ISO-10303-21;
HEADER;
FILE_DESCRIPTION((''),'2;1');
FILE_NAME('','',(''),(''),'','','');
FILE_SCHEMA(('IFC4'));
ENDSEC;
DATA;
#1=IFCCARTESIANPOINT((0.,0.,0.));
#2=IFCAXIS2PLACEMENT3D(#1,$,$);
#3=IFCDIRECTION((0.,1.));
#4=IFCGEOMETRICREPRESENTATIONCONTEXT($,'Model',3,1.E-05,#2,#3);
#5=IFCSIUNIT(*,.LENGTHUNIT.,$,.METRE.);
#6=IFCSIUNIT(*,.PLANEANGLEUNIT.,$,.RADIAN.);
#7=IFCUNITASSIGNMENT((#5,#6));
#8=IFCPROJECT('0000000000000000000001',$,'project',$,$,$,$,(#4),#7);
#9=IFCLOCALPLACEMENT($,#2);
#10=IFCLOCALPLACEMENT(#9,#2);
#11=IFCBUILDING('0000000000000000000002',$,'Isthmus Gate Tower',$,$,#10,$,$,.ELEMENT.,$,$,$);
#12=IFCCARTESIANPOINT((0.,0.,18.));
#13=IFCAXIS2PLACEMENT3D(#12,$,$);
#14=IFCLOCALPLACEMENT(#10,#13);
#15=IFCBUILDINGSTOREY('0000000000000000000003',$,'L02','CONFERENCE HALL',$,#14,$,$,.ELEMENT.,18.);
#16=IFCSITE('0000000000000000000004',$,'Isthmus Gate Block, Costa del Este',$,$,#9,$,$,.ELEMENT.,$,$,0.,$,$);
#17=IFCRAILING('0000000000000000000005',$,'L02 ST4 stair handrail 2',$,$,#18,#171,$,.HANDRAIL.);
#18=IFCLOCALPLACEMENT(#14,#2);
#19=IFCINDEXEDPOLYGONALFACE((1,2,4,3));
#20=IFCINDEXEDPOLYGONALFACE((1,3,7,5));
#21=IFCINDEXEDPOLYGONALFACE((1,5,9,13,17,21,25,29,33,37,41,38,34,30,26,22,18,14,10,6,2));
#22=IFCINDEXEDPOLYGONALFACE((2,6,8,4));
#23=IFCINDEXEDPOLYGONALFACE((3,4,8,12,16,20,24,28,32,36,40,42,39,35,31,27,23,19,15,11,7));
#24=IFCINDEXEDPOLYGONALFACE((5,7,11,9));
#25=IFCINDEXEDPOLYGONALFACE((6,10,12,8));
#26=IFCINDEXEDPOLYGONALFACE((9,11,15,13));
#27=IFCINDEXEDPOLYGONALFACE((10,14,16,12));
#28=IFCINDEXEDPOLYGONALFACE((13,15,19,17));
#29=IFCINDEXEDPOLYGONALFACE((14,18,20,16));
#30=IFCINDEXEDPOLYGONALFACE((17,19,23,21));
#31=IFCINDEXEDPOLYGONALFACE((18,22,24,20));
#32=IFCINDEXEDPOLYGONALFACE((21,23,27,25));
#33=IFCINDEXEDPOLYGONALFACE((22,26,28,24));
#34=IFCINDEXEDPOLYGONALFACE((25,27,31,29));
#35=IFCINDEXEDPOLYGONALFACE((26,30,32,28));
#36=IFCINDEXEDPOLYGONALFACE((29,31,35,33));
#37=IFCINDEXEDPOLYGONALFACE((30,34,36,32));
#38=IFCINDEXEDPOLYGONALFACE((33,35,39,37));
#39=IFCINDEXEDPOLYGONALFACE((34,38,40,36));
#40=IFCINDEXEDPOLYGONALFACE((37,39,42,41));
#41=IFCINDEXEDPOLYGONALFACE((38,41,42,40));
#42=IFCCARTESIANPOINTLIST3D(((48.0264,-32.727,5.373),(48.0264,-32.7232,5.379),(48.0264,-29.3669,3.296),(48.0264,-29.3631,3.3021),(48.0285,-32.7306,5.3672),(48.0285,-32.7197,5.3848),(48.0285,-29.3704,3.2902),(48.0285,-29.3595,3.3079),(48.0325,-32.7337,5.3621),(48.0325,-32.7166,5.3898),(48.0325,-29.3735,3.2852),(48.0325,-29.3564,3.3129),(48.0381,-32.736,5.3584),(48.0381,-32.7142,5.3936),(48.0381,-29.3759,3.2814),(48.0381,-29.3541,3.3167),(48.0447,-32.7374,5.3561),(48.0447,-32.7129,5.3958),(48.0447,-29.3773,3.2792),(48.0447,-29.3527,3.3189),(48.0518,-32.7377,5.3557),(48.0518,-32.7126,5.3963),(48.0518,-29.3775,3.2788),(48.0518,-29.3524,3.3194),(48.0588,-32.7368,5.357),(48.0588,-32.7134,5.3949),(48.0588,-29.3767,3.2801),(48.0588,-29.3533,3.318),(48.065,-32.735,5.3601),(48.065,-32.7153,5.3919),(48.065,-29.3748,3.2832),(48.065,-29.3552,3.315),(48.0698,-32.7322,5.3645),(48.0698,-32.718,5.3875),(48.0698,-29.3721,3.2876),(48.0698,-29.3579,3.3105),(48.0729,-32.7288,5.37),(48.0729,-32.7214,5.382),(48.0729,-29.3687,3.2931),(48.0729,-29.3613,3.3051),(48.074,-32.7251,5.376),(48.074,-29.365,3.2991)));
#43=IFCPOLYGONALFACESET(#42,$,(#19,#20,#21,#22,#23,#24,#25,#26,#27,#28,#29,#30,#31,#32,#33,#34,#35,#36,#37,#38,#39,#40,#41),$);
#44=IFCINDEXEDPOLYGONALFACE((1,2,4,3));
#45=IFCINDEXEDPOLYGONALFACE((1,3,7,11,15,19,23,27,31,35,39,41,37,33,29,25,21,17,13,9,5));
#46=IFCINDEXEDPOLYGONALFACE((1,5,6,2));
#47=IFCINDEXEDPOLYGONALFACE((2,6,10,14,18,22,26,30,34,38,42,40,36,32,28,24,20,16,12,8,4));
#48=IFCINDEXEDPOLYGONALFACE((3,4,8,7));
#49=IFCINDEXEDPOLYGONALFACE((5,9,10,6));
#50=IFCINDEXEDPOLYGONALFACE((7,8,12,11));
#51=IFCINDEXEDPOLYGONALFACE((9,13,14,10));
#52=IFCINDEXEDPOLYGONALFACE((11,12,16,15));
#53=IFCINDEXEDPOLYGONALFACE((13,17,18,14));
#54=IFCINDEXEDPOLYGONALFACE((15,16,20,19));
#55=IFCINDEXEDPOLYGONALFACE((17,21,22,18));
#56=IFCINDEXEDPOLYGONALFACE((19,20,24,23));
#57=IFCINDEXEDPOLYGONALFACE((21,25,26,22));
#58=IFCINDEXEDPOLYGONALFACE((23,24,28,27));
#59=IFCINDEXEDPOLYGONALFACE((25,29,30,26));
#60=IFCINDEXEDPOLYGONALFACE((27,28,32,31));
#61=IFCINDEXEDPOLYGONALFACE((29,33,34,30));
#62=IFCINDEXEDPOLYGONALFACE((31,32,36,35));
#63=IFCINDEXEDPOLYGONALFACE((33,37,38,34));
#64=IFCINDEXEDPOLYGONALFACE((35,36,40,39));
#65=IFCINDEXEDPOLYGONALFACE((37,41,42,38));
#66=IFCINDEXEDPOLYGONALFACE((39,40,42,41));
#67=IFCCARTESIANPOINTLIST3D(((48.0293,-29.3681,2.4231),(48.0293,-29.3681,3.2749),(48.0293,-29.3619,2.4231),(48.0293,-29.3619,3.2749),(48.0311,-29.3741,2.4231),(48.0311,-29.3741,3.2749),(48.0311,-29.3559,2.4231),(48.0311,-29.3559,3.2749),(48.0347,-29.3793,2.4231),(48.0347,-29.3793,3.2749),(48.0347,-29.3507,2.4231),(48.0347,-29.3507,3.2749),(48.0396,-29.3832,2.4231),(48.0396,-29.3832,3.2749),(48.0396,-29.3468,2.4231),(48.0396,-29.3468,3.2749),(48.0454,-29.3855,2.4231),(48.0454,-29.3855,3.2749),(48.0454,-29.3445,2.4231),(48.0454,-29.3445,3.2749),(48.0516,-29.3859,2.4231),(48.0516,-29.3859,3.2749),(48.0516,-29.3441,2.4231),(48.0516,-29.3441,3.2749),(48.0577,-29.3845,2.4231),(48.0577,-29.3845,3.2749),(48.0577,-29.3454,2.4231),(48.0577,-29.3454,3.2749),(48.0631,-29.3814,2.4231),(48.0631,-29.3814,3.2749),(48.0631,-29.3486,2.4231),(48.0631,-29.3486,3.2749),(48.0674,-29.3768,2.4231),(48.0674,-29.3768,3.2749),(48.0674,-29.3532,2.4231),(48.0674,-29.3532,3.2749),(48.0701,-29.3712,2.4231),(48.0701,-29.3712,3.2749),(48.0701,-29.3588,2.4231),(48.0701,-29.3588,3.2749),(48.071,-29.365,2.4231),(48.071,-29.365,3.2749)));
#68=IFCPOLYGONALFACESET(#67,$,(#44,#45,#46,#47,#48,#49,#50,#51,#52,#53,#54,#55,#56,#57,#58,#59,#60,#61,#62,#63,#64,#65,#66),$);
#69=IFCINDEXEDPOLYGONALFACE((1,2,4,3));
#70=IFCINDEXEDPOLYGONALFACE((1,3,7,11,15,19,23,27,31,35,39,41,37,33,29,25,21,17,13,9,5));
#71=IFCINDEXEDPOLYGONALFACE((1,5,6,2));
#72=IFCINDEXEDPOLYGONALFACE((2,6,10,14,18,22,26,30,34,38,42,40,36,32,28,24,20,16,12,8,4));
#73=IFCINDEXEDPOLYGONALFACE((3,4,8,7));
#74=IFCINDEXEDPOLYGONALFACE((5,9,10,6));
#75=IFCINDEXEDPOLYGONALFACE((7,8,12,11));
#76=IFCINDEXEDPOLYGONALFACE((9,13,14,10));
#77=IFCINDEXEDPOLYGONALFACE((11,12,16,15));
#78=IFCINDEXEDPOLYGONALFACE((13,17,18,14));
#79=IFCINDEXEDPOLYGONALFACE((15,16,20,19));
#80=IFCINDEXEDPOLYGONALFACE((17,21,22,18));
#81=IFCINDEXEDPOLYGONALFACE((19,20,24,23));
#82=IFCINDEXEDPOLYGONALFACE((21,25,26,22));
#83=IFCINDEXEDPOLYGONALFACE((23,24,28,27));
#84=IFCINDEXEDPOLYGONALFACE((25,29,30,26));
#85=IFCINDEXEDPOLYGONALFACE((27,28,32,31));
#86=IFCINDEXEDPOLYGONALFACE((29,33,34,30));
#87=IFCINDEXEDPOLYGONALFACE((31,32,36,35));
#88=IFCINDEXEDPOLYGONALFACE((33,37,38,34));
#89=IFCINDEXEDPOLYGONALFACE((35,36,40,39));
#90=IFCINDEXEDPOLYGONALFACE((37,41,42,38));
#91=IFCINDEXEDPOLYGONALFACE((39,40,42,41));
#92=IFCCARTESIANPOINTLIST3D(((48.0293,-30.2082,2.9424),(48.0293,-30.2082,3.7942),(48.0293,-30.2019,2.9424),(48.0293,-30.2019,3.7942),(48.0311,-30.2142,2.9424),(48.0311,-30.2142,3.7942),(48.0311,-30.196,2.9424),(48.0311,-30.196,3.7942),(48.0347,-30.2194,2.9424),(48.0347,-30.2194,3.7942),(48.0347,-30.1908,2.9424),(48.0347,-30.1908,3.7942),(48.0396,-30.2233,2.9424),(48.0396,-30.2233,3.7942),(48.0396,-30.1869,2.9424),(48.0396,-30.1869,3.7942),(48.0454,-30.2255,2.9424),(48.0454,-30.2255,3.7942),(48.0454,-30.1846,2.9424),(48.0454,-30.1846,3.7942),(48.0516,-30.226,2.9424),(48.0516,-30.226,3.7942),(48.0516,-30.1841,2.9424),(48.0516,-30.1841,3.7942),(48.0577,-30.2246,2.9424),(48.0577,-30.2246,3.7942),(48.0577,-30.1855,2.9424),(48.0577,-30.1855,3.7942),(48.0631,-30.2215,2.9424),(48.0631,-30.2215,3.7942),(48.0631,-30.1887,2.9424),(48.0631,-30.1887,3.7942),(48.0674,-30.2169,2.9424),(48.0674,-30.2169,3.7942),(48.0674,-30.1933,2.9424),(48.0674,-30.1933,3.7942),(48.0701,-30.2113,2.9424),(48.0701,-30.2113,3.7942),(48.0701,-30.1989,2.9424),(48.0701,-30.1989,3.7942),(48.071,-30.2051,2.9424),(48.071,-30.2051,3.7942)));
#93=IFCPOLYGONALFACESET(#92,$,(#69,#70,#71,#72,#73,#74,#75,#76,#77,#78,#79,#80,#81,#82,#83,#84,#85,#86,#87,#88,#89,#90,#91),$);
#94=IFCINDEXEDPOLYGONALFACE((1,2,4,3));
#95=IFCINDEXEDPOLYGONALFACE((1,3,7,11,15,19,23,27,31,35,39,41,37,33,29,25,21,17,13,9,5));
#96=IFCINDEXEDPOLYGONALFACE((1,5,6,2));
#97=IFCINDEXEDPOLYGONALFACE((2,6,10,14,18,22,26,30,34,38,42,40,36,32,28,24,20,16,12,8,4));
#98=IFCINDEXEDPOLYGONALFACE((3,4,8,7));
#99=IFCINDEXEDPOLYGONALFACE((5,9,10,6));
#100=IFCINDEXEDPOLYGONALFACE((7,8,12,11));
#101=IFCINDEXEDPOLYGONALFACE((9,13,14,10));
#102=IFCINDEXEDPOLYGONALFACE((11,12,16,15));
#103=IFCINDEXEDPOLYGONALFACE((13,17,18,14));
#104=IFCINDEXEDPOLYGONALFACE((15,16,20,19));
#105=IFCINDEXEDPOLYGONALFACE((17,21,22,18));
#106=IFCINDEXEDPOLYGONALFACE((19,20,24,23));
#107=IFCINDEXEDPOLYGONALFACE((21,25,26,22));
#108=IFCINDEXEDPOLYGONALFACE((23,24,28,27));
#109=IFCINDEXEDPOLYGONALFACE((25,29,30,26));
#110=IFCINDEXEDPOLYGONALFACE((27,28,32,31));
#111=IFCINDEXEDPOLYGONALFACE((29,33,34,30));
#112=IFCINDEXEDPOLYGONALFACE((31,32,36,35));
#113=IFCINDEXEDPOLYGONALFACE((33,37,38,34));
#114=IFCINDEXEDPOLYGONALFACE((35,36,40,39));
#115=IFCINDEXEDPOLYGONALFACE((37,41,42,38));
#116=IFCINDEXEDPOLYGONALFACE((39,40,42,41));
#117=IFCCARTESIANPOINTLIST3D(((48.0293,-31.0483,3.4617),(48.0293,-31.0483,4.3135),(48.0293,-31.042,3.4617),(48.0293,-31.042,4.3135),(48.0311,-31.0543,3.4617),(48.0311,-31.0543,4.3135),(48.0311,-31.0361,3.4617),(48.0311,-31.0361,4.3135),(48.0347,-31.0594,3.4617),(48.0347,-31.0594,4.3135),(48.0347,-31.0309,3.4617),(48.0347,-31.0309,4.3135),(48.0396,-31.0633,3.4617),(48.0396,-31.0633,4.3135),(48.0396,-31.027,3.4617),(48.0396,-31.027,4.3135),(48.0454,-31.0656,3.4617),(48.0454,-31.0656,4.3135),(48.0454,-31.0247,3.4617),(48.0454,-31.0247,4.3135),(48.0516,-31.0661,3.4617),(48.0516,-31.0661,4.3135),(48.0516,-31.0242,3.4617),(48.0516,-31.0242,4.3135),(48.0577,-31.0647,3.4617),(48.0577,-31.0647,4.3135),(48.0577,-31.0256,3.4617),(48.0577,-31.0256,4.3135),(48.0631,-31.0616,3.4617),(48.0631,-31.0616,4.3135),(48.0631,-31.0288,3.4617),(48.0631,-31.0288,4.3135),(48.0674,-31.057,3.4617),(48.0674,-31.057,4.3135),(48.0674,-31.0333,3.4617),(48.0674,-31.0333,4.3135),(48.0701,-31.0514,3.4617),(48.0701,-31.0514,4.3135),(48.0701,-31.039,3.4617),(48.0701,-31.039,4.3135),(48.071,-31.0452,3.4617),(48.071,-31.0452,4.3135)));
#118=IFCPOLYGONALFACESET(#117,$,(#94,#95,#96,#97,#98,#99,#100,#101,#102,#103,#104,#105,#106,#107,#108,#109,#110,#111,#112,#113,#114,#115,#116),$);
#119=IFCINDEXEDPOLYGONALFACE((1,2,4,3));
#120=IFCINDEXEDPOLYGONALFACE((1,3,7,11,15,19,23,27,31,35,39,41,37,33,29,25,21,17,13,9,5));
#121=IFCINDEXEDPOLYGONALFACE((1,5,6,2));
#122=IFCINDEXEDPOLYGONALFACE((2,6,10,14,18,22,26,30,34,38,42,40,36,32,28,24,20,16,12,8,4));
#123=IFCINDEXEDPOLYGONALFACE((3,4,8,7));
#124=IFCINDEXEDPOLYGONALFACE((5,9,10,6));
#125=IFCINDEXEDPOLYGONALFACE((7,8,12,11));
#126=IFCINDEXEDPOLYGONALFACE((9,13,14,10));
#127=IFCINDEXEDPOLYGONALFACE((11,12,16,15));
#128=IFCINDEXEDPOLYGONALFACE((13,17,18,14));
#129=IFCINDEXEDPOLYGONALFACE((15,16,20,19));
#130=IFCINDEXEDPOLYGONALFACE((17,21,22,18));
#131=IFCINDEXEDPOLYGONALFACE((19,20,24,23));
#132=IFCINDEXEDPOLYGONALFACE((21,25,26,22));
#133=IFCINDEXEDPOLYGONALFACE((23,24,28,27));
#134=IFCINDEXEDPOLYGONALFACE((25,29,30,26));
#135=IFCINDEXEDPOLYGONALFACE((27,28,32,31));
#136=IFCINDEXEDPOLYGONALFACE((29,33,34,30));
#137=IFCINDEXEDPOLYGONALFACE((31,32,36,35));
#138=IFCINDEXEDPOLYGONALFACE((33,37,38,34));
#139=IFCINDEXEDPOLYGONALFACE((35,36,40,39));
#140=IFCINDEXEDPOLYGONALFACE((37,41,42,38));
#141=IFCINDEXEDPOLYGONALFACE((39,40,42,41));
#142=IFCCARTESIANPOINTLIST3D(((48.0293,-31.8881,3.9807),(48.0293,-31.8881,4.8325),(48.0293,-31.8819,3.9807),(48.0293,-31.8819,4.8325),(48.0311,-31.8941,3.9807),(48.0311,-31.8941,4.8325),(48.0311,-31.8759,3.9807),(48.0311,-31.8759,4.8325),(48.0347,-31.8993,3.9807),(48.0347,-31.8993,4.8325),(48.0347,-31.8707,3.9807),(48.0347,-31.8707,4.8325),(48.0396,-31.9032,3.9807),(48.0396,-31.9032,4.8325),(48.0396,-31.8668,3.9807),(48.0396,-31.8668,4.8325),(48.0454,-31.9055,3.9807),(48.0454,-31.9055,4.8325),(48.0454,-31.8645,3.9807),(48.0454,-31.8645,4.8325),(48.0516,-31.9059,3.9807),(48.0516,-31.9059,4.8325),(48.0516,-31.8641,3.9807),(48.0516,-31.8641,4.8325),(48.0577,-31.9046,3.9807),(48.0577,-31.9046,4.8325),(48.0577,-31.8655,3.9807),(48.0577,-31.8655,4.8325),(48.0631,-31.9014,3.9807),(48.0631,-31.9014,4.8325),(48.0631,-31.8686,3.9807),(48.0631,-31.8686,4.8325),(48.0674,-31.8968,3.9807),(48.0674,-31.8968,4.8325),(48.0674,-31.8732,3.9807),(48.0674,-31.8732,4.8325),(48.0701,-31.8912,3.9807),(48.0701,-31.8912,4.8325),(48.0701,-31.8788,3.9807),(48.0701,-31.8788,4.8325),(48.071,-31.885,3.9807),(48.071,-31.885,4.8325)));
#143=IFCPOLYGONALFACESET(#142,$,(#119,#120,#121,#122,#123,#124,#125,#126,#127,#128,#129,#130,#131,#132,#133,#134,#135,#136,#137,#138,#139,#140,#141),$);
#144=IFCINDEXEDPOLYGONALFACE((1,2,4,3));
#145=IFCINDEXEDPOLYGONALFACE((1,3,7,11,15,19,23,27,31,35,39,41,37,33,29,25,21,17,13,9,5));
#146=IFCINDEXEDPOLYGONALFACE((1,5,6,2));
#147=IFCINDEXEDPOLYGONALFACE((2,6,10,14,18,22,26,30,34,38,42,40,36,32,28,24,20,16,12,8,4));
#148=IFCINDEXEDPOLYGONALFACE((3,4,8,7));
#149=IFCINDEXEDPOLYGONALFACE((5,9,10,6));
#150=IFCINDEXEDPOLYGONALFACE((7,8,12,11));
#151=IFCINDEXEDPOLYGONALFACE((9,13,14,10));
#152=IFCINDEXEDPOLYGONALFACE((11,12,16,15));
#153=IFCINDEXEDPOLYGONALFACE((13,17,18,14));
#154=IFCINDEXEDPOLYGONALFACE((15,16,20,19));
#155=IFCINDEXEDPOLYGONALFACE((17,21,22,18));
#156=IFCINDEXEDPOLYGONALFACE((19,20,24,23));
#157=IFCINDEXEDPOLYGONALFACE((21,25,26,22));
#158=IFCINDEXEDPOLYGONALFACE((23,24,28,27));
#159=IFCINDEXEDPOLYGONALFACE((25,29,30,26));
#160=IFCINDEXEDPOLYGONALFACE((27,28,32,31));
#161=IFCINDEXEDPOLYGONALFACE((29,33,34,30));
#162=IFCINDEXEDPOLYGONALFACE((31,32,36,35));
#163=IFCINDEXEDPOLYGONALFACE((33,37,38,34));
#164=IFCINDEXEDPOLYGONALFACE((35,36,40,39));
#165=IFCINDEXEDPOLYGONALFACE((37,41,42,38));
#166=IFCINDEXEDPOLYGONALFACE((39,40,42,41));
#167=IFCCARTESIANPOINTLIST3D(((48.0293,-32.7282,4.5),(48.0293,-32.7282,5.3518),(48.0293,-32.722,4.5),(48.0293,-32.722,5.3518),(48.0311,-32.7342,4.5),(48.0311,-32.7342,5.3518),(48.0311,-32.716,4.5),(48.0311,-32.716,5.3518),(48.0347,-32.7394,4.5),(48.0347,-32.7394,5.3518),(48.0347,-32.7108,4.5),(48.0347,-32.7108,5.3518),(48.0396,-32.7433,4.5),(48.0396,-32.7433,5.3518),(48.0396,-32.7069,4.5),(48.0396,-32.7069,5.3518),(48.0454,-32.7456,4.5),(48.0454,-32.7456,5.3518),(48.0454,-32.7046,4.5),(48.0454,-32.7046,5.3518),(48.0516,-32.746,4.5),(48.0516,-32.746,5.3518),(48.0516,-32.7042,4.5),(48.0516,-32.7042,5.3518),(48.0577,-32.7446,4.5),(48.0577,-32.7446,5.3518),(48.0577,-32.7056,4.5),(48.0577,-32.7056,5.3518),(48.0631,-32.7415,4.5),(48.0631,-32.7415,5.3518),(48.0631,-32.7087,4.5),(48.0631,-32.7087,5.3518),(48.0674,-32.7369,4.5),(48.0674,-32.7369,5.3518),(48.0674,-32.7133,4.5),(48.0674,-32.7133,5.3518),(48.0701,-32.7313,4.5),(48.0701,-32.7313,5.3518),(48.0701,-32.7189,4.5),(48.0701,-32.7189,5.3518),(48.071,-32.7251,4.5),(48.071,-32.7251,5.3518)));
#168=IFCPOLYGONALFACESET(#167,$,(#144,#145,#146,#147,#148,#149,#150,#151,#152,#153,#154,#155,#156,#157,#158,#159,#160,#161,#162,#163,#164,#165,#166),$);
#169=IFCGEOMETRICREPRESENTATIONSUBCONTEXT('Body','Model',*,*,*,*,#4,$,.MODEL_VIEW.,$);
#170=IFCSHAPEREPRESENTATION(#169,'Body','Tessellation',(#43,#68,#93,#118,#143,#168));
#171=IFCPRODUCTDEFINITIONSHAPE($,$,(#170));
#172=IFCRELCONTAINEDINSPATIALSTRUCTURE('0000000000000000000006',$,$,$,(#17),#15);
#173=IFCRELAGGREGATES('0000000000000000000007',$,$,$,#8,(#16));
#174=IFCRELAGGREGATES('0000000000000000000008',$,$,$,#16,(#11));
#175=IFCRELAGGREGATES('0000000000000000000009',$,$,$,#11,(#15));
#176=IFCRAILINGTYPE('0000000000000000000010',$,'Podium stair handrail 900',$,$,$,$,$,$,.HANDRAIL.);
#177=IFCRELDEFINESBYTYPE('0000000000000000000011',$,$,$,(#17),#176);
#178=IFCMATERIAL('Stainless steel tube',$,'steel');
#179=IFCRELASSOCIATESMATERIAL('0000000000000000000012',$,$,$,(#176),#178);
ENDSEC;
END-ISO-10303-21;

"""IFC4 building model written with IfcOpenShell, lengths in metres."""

from ifc_helpers import new_model, si_unit, direction, frame, origin, origin_2d, place, context, subcontext, project, spatial, circle, extrude, material, type_object, element, save


model = new_model("IFC4")

# Units and contexts
model_context = context("Model", 3, precision=1e-05, world=origin(), true_north=direction((0.0, 1.0)))
body_context = subcontext(model_context, "Body", "Model", "MODEL_VIEW")
ifc_project = project(units=[si_unit("LENGTHUNIT", "METRE"), si_unit("PLANEANGLEUNIT", "RADIAN")], contexts=[model_context])

# Site, building, storey
site_placement = place(None, origin())
site = spatial("IfcSite", under=ifc_project, at=site_placement, Name="Isthmus Gate Block, Costa del Este", CompositionType="ELEMENT", RefElevation=0.0)
building_placement = place(site_placement, origin())
building = spatial("IfcBuilding", under=site, at=building_placement, Name="Isthmus Gate Tower", CompositionType="ELEMENT")
storey_placement = place(building_placement, frame((0.0, 0.0, 18.0)))
storey = spatial("IfcBuildingStorey", under=building, at=storey_placement, Name="L02", Description="CONFERENCE HALL", CompositionType="ELEMENT", Elevation=18.0)

# Railing
ifc_material_1 = material(Name="Stainless steel tube", Category="steel")
railing_type_1 = type_object("IfcRailingType", Name="Podium stair handrail 900", PredefinedType="HANDRAIL", material=ifc_material_1)
railing_1_placement = place(storey_placement, frame((48.05, -29.365, 2.4231)))
element("IfcRailing", 1, at=railing_1_placement, inside=storey, type_object=railing_type_1, Name="L02 ST4 stair handrail 2", PredefinedType="HANDRAIL", context=body_context, shape_type="SweptSolid", body=[
    extrude(circle(Radius=0.0239, at=origin_2d()), frame((0.0, 0.0, 0.876), z_axis=(0.0, -0.850623, 0.525776), x_axis=(1.0, 0.0, 0.0)), (0.0, 0.0, 1.0), 3.9502),
    extrude(circle(Radius=0.021, at=origin_2d()), origin(), (0.0, 0.0, 1.0), 0.8518),
    extrude(circle(Radius=0.021, at=origin_2d()), frame((0.0, -0.8401, 0.5193)), (0.0, 0.0, 1.0), 0.8518),
    extrude(circle(Radius=0.021, at=origin_2d()), frame((0.0, -1.6802, 1.0386)), (0.0, 0.0, 1.0), 0.8518),
    extrude(circle(Radius=0.021, at=origin_2d()), frame((0.0, -2.52, 1.5576)), (0.0, 0.0, 1.0), 0.8518),
    extrude(circle(Radius=0.021, at=origin_2d()), frame((0.0, -3.3601, 2.0769)), (0.0, 0.0, 1.0), 0.8518),
])

save(model, "model.ifc")
